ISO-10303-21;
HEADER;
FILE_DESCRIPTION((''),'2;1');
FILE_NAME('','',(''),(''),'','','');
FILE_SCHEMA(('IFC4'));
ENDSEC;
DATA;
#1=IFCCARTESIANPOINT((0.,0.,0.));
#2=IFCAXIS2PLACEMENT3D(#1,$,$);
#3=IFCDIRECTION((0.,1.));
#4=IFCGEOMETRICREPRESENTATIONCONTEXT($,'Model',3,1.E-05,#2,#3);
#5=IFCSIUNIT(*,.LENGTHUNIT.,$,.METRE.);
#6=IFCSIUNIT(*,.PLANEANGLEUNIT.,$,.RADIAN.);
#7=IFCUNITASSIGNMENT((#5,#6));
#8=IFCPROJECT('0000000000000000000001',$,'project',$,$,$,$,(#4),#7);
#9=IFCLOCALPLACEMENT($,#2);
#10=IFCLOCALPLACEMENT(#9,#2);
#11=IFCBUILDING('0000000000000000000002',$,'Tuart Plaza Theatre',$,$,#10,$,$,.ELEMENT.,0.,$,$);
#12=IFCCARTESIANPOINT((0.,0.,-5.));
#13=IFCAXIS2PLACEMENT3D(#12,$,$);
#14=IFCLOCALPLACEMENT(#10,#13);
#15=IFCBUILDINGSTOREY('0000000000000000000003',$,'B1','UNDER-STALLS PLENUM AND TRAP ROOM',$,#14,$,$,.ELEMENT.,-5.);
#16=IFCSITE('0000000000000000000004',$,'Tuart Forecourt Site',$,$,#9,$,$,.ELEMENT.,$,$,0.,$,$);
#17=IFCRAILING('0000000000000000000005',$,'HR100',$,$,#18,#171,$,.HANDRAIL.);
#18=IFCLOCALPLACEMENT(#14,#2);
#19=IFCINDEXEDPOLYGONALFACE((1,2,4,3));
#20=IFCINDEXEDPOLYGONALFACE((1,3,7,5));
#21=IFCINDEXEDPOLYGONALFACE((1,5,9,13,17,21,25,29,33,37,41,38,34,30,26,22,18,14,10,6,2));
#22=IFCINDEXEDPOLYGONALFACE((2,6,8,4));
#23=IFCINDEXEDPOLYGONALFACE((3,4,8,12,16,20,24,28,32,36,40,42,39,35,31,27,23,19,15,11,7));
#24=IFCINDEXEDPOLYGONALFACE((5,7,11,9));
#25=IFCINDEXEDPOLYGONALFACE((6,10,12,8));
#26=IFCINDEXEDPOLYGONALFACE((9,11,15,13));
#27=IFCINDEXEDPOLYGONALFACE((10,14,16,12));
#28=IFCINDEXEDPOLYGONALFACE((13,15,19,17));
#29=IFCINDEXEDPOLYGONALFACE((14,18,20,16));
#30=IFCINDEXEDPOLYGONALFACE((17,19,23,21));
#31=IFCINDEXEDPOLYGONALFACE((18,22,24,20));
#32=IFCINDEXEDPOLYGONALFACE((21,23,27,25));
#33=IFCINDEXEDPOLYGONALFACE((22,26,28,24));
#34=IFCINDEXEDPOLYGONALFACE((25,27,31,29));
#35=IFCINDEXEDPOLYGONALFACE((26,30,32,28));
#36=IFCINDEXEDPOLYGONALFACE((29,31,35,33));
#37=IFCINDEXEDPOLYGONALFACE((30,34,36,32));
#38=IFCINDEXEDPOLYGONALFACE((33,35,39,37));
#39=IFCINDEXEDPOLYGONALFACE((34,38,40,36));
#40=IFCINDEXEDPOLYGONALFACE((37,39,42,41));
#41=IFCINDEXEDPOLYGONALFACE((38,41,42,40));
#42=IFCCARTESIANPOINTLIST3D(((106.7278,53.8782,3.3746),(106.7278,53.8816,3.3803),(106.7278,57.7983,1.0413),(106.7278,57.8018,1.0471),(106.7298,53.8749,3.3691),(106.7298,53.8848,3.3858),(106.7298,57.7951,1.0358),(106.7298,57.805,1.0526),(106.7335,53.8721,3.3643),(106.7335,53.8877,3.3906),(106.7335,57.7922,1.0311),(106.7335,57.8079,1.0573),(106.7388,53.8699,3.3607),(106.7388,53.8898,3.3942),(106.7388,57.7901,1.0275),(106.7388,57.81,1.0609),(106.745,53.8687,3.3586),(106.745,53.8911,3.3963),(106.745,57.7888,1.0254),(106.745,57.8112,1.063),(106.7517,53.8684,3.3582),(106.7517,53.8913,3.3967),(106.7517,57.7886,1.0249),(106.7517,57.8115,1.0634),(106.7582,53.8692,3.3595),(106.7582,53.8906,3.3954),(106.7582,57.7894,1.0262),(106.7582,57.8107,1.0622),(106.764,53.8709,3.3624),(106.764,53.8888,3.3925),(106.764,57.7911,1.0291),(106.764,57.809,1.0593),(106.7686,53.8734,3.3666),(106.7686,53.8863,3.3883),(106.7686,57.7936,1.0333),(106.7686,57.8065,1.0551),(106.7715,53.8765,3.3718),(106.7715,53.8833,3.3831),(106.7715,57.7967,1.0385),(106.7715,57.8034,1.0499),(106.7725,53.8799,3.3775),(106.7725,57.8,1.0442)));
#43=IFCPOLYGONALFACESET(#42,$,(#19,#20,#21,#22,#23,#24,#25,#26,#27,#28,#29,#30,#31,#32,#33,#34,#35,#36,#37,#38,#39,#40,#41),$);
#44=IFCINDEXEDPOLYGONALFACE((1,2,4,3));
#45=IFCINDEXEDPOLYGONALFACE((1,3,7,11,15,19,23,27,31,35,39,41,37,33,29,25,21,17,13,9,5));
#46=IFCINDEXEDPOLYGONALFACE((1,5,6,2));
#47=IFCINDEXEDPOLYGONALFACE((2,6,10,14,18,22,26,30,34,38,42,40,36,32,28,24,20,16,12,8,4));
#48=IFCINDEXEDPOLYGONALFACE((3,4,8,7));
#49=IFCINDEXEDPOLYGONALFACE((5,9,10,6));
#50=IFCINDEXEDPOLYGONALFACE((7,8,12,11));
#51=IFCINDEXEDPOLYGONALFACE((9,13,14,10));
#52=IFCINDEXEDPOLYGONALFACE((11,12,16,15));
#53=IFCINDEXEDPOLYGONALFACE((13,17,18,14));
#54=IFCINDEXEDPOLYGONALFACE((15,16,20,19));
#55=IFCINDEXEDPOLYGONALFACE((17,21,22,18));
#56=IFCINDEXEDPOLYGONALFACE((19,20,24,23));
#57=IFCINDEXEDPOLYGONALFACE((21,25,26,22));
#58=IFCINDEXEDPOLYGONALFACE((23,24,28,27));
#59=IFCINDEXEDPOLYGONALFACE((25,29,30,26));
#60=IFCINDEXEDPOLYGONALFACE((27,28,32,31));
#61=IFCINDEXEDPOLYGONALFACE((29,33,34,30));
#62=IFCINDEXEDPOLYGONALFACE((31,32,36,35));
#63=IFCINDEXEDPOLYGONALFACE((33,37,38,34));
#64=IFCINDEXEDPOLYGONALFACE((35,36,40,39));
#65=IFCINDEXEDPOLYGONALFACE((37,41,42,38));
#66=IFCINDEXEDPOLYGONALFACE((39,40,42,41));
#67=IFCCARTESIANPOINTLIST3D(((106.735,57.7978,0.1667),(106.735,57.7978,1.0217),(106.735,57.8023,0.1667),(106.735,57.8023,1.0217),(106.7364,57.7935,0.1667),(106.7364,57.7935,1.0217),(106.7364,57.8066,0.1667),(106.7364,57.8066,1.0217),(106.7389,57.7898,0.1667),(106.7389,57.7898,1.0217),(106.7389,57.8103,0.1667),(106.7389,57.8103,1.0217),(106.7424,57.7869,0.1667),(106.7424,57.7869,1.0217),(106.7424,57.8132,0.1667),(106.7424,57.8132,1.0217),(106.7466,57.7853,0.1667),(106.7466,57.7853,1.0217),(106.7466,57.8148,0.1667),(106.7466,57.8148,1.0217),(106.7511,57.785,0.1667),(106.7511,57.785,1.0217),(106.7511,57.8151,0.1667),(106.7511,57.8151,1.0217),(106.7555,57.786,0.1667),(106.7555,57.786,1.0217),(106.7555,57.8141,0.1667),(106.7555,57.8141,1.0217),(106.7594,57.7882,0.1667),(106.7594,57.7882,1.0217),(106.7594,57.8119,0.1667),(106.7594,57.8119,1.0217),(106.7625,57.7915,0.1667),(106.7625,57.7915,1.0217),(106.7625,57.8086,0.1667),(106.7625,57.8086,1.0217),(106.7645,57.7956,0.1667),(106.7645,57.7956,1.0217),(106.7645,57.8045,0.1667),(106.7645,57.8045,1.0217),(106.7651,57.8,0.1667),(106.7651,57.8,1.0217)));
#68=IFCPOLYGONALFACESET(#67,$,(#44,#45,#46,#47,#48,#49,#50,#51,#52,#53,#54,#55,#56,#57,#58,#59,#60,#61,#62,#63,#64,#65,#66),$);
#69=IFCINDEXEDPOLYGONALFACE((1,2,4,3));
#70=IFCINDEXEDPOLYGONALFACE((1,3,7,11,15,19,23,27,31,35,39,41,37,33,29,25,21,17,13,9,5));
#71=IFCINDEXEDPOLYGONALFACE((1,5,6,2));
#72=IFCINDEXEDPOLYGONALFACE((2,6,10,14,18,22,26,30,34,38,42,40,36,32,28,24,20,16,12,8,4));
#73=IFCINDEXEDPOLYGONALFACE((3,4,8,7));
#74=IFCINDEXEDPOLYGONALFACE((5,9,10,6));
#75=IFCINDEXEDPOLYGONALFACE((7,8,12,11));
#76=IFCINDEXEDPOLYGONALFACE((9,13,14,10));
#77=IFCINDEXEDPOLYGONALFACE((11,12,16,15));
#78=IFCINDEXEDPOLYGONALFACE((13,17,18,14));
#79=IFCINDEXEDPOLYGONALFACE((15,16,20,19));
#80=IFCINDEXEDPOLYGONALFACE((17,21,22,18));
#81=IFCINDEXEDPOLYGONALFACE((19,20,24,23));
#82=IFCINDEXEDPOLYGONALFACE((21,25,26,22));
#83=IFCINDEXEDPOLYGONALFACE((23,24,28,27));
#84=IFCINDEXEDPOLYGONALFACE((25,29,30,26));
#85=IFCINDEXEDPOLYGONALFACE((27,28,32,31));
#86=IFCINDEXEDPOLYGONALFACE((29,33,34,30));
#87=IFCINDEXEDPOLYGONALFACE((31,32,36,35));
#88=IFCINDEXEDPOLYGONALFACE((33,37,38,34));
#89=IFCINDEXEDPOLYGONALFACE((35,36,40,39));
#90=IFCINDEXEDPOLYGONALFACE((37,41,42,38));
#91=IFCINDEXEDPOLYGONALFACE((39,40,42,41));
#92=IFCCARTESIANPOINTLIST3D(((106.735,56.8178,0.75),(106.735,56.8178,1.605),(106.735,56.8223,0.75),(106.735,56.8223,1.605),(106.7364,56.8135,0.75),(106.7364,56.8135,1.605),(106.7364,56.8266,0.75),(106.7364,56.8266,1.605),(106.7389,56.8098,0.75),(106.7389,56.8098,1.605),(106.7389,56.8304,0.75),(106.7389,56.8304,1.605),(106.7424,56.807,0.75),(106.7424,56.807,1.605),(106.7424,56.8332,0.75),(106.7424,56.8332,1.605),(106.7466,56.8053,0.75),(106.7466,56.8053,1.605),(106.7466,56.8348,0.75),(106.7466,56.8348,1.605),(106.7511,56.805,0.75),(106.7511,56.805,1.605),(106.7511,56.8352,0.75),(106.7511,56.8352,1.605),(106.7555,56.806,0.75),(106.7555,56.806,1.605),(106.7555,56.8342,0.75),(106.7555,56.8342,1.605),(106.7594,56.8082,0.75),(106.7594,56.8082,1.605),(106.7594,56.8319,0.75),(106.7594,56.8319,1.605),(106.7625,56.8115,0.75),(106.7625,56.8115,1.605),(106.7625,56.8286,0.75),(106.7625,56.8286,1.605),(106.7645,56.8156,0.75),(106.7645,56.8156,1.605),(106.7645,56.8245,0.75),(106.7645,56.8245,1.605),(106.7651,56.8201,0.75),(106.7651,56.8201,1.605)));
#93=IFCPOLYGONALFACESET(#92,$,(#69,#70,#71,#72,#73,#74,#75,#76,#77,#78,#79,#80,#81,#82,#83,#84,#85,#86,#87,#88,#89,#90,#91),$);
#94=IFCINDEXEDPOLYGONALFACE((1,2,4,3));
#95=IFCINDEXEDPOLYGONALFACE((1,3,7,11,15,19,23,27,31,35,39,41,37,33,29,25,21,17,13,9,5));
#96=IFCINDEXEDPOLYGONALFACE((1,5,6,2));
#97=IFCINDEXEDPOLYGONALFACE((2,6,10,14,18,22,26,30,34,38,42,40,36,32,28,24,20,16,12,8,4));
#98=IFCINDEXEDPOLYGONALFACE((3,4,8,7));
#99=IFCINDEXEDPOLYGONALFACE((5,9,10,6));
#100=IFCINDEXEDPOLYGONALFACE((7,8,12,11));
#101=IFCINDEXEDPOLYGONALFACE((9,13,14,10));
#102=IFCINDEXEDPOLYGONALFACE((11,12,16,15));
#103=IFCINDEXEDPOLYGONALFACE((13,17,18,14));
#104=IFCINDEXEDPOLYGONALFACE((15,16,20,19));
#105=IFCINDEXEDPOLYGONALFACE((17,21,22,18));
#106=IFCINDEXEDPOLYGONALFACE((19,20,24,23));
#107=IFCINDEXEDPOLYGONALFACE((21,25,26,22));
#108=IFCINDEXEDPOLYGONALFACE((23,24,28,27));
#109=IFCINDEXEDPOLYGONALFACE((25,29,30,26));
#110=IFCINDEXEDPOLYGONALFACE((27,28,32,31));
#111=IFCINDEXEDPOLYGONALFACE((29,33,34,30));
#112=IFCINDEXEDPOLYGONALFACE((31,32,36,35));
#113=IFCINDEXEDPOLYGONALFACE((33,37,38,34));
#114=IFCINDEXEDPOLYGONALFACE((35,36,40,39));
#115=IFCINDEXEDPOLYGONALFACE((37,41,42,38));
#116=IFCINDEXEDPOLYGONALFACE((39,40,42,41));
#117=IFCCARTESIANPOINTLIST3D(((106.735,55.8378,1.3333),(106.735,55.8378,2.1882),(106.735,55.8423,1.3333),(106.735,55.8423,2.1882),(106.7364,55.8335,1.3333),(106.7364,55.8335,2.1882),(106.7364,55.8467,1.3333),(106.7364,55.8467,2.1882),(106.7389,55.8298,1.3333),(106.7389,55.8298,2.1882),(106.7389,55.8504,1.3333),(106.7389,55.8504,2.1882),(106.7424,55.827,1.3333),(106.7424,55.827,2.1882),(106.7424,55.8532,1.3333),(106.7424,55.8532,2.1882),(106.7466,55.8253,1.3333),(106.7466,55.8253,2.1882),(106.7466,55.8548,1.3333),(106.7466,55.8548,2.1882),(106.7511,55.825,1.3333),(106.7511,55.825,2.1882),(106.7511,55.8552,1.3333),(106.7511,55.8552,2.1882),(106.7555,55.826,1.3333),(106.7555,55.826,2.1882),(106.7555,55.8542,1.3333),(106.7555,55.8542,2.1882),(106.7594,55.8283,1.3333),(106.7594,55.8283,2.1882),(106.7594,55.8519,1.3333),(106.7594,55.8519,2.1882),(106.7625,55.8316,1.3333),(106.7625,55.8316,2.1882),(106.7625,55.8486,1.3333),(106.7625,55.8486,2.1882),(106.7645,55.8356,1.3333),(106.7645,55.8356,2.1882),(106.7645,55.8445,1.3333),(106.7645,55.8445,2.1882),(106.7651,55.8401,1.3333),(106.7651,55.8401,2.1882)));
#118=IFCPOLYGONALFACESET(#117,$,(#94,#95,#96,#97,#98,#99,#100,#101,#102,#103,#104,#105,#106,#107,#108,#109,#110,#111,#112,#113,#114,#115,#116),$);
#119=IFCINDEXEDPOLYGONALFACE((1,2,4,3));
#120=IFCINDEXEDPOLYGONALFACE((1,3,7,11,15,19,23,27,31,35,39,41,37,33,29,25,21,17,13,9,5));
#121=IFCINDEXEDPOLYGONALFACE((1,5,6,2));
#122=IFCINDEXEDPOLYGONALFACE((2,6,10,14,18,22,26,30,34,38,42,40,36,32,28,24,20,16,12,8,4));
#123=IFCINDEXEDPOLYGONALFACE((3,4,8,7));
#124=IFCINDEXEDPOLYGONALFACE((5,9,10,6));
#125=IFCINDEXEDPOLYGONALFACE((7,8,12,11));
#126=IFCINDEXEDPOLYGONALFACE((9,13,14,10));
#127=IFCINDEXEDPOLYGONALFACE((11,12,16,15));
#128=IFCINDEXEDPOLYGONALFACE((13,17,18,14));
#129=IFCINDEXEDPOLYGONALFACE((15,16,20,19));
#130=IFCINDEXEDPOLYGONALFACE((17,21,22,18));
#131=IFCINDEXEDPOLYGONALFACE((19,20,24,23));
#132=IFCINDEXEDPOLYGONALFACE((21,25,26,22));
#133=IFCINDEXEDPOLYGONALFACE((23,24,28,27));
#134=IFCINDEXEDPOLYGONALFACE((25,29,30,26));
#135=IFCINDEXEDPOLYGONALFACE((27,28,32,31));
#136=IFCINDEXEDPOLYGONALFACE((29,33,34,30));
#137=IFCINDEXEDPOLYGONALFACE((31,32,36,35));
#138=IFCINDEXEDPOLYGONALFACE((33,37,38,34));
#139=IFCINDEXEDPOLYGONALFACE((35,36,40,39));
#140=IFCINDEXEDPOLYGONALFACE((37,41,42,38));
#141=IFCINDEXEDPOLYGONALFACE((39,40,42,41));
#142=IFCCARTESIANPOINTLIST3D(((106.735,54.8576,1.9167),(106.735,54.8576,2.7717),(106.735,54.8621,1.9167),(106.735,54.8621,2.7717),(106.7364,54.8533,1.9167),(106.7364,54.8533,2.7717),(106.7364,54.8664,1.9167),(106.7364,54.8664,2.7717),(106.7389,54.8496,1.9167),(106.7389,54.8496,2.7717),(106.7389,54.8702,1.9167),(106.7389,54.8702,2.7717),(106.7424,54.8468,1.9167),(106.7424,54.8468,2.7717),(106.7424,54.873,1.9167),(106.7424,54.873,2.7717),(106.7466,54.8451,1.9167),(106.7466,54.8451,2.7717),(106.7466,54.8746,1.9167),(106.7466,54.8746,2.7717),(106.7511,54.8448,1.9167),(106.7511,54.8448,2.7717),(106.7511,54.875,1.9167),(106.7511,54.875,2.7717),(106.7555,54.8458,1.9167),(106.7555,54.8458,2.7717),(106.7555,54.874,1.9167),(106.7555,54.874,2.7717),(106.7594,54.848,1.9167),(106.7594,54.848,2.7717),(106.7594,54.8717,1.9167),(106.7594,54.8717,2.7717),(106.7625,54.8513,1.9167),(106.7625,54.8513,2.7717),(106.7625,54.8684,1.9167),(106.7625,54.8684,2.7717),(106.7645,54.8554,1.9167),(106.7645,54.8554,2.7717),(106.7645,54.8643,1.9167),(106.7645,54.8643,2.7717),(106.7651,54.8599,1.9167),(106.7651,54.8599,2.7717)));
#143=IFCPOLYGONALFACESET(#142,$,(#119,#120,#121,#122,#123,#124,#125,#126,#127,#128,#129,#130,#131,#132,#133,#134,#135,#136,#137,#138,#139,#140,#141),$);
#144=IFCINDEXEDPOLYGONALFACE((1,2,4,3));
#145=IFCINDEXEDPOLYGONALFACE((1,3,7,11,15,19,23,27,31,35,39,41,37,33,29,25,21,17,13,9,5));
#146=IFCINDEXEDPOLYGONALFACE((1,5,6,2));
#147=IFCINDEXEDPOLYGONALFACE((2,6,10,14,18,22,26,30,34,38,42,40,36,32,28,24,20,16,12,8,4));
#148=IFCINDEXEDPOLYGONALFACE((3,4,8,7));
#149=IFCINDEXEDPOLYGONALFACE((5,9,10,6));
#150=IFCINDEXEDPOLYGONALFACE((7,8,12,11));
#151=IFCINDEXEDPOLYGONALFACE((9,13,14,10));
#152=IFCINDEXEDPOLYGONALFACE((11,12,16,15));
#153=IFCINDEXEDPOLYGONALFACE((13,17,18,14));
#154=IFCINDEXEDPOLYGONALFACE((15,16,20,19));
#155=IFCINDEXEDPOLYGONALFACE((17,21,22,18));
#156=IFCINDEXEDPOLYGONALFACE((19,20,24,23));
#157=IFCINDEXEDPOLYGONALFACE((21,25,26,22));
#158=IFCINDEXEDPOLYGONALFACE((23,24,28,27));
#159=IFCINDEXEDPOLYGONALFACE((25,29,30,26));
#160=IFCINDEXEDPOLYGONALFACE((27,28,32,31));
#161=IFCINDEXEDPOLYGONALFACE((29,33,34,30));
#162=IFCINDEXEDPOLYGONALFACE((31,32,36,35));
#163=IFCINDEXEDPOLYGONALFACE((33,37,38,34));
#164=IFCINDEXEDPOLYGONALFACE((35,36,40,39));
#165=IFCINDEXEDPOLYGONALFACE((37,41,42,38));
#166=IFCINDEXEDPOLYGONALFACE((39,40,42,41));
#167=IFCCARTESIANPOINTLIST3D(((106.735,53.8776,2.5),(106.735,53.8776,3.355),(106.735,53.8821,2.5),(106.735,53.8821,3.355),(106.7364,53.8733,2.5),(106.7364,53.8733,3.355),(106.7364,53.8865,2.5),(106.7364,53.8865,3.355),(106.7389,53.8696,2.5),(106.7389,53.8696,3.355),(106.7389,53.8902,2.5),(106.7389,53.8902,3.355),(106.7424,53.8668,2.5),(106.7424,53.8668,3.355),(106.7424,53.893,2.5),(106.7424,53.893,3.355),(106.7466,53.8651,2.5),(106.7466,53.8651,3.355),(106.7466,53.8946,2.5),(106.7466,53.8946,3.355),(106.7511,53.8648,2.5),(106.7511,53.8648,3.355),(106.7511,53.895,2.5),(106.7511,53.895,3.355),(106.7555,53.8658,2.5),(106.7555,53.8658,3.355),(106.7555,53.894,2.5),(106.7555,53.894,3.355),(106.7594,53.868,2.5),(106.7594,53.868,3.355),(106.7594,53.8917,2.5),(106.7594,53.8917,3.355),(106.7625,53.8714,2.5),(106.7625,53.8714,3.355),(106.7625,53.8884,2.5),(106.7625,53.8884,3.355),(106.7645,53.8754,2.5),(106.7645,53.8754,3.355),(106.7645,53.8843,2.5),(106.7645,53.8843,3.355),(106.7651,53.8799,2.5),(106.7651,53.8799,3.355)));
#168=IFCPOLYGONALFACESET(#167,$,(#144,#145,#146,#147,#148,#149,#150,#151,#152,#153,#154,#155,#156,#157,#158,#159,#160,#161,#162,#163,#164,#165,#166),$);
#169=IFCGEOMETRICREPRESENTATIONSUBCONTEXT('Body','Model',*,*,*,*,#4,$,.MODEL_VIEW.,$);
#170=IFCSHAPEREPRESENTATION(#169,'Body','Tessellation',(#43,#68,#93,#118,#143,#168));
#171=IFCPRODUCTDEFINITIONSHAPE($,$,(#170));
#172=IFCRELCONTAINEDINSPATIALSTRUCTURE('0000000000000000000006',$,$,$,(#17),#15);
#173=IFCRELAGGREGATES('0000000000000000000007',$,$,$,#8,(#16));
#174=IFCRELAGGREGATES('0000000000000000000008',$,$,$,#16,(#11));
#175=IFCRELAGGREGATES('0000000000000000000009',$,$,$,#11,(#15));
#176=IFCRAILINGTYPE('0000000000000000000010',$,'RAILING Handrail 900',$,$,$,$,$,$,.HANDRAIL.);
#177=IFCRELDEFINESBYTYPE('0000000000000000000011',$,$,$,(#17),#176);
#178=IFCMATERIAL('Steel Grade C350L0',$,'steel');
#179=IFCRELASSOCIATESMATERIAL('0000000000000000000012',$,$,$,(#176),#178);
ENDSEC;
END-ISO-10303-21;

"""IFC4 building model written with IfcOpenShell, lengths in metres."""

from ifc_helpers import new_model, si_unit, direction, frame, origin, origin_2d, place, context, subcontext, project, spatial, circle, extrude, material, type_object, element, save


model = new_model("IFC4")

# Units and contexts
model_context = context("Model", 3, precision=1e-05, world=origin(), true_north=direction((0.0, 1.0)))
body_context = subcontext(model_context, "Body", "Model", "MODEL_VIEW")
ifc_project = project(units=[si_unit("LENGTHUNIT", "METRE"), si_unit("PLANEANGLEUNIT", "RADIAN")], contexts=[model_context])

# Site, building, storey
site_placement = place(None, origin())
site = spatial("IfcSite", under=ifc_project, at=site_placement, Name="Tuart Forecourt Site", CompositionType="ELEMENT", RefElevation=0.0)
building_placement = place(site_placement, origin())
building = spatial("IfcBuilding", under=site, at=building_placement, Name="Tuart Plaza Theatre", CompositionType="ELEMENT", ElevationOfRefHeight=0.0)
storey_placement = place(building_placement, frame((0.0, 0.0, -5.0)))
storey = spatial("IfcBuildingStorey", under=building, at=storey_placement, Name="B1", Description="UNDER-STALLS PLENUM AND TRAP ROOM", CompositionType="ELEMENT", Elevation=-5.0)

# Railing
ifc_material_1 = material(Name="Steel Grade C350L0", Category="steel")
railing_type_1 = type_object("IfcRailingType", Name="RAILING Handrail 900", PredefinedType="HANDRAIL", material=ifc_material_1)
for number, where, name in (
    (1, (106.75, 57.8, 0.1667), "HR100"),
):
    element("IfcRailing", number, at=place(storey_placement, frame(where)), inside=storey, type_object=railing_type_1, Name=name, PredefinedType="HANDRAIL", context=body_context, shape_type="SweptSolid", body=[
        extrude(circle(Radius=0.0225, at=origin_2d()), frame((0.0, 0.0, 0.8774), z_axis=(0.0, -0.85931, 0.511455), x_axis=(1.0, 0.0, 0.0)), (0.0, 0.0, 1.0), 4.562),
        extrude(circle(Radius=0.0151, at=origin_2d()), origin(), (0.0, 0.0, 1.0), 0.855),
        extrude(circle(Radius=0.0151, at=origin_2d()), frame((0.0, -0.98, 0.5833)), (0.0, 0.0, 1.0), 0.855),
        extrude(circle(Radius=0.0151, at=origin_2d()), frame((0.0, -1.96, 1.1665)), (0.0, 0.0, 1.0), 0.855),
        extrude(circle(Radius=0.0151, at=origin_2d()), frame((0.0, -2.9402, 1.75)), (0.0, 0.0, 1.0), 0.855),
        extrude(circle(Radius=0.0151, at=origin_2d()), frame((0.0, -3.9202, 2.3333)), (0.0, 0.0, 1.0), 0.855),
    ])

save(model, "model.ifc")
